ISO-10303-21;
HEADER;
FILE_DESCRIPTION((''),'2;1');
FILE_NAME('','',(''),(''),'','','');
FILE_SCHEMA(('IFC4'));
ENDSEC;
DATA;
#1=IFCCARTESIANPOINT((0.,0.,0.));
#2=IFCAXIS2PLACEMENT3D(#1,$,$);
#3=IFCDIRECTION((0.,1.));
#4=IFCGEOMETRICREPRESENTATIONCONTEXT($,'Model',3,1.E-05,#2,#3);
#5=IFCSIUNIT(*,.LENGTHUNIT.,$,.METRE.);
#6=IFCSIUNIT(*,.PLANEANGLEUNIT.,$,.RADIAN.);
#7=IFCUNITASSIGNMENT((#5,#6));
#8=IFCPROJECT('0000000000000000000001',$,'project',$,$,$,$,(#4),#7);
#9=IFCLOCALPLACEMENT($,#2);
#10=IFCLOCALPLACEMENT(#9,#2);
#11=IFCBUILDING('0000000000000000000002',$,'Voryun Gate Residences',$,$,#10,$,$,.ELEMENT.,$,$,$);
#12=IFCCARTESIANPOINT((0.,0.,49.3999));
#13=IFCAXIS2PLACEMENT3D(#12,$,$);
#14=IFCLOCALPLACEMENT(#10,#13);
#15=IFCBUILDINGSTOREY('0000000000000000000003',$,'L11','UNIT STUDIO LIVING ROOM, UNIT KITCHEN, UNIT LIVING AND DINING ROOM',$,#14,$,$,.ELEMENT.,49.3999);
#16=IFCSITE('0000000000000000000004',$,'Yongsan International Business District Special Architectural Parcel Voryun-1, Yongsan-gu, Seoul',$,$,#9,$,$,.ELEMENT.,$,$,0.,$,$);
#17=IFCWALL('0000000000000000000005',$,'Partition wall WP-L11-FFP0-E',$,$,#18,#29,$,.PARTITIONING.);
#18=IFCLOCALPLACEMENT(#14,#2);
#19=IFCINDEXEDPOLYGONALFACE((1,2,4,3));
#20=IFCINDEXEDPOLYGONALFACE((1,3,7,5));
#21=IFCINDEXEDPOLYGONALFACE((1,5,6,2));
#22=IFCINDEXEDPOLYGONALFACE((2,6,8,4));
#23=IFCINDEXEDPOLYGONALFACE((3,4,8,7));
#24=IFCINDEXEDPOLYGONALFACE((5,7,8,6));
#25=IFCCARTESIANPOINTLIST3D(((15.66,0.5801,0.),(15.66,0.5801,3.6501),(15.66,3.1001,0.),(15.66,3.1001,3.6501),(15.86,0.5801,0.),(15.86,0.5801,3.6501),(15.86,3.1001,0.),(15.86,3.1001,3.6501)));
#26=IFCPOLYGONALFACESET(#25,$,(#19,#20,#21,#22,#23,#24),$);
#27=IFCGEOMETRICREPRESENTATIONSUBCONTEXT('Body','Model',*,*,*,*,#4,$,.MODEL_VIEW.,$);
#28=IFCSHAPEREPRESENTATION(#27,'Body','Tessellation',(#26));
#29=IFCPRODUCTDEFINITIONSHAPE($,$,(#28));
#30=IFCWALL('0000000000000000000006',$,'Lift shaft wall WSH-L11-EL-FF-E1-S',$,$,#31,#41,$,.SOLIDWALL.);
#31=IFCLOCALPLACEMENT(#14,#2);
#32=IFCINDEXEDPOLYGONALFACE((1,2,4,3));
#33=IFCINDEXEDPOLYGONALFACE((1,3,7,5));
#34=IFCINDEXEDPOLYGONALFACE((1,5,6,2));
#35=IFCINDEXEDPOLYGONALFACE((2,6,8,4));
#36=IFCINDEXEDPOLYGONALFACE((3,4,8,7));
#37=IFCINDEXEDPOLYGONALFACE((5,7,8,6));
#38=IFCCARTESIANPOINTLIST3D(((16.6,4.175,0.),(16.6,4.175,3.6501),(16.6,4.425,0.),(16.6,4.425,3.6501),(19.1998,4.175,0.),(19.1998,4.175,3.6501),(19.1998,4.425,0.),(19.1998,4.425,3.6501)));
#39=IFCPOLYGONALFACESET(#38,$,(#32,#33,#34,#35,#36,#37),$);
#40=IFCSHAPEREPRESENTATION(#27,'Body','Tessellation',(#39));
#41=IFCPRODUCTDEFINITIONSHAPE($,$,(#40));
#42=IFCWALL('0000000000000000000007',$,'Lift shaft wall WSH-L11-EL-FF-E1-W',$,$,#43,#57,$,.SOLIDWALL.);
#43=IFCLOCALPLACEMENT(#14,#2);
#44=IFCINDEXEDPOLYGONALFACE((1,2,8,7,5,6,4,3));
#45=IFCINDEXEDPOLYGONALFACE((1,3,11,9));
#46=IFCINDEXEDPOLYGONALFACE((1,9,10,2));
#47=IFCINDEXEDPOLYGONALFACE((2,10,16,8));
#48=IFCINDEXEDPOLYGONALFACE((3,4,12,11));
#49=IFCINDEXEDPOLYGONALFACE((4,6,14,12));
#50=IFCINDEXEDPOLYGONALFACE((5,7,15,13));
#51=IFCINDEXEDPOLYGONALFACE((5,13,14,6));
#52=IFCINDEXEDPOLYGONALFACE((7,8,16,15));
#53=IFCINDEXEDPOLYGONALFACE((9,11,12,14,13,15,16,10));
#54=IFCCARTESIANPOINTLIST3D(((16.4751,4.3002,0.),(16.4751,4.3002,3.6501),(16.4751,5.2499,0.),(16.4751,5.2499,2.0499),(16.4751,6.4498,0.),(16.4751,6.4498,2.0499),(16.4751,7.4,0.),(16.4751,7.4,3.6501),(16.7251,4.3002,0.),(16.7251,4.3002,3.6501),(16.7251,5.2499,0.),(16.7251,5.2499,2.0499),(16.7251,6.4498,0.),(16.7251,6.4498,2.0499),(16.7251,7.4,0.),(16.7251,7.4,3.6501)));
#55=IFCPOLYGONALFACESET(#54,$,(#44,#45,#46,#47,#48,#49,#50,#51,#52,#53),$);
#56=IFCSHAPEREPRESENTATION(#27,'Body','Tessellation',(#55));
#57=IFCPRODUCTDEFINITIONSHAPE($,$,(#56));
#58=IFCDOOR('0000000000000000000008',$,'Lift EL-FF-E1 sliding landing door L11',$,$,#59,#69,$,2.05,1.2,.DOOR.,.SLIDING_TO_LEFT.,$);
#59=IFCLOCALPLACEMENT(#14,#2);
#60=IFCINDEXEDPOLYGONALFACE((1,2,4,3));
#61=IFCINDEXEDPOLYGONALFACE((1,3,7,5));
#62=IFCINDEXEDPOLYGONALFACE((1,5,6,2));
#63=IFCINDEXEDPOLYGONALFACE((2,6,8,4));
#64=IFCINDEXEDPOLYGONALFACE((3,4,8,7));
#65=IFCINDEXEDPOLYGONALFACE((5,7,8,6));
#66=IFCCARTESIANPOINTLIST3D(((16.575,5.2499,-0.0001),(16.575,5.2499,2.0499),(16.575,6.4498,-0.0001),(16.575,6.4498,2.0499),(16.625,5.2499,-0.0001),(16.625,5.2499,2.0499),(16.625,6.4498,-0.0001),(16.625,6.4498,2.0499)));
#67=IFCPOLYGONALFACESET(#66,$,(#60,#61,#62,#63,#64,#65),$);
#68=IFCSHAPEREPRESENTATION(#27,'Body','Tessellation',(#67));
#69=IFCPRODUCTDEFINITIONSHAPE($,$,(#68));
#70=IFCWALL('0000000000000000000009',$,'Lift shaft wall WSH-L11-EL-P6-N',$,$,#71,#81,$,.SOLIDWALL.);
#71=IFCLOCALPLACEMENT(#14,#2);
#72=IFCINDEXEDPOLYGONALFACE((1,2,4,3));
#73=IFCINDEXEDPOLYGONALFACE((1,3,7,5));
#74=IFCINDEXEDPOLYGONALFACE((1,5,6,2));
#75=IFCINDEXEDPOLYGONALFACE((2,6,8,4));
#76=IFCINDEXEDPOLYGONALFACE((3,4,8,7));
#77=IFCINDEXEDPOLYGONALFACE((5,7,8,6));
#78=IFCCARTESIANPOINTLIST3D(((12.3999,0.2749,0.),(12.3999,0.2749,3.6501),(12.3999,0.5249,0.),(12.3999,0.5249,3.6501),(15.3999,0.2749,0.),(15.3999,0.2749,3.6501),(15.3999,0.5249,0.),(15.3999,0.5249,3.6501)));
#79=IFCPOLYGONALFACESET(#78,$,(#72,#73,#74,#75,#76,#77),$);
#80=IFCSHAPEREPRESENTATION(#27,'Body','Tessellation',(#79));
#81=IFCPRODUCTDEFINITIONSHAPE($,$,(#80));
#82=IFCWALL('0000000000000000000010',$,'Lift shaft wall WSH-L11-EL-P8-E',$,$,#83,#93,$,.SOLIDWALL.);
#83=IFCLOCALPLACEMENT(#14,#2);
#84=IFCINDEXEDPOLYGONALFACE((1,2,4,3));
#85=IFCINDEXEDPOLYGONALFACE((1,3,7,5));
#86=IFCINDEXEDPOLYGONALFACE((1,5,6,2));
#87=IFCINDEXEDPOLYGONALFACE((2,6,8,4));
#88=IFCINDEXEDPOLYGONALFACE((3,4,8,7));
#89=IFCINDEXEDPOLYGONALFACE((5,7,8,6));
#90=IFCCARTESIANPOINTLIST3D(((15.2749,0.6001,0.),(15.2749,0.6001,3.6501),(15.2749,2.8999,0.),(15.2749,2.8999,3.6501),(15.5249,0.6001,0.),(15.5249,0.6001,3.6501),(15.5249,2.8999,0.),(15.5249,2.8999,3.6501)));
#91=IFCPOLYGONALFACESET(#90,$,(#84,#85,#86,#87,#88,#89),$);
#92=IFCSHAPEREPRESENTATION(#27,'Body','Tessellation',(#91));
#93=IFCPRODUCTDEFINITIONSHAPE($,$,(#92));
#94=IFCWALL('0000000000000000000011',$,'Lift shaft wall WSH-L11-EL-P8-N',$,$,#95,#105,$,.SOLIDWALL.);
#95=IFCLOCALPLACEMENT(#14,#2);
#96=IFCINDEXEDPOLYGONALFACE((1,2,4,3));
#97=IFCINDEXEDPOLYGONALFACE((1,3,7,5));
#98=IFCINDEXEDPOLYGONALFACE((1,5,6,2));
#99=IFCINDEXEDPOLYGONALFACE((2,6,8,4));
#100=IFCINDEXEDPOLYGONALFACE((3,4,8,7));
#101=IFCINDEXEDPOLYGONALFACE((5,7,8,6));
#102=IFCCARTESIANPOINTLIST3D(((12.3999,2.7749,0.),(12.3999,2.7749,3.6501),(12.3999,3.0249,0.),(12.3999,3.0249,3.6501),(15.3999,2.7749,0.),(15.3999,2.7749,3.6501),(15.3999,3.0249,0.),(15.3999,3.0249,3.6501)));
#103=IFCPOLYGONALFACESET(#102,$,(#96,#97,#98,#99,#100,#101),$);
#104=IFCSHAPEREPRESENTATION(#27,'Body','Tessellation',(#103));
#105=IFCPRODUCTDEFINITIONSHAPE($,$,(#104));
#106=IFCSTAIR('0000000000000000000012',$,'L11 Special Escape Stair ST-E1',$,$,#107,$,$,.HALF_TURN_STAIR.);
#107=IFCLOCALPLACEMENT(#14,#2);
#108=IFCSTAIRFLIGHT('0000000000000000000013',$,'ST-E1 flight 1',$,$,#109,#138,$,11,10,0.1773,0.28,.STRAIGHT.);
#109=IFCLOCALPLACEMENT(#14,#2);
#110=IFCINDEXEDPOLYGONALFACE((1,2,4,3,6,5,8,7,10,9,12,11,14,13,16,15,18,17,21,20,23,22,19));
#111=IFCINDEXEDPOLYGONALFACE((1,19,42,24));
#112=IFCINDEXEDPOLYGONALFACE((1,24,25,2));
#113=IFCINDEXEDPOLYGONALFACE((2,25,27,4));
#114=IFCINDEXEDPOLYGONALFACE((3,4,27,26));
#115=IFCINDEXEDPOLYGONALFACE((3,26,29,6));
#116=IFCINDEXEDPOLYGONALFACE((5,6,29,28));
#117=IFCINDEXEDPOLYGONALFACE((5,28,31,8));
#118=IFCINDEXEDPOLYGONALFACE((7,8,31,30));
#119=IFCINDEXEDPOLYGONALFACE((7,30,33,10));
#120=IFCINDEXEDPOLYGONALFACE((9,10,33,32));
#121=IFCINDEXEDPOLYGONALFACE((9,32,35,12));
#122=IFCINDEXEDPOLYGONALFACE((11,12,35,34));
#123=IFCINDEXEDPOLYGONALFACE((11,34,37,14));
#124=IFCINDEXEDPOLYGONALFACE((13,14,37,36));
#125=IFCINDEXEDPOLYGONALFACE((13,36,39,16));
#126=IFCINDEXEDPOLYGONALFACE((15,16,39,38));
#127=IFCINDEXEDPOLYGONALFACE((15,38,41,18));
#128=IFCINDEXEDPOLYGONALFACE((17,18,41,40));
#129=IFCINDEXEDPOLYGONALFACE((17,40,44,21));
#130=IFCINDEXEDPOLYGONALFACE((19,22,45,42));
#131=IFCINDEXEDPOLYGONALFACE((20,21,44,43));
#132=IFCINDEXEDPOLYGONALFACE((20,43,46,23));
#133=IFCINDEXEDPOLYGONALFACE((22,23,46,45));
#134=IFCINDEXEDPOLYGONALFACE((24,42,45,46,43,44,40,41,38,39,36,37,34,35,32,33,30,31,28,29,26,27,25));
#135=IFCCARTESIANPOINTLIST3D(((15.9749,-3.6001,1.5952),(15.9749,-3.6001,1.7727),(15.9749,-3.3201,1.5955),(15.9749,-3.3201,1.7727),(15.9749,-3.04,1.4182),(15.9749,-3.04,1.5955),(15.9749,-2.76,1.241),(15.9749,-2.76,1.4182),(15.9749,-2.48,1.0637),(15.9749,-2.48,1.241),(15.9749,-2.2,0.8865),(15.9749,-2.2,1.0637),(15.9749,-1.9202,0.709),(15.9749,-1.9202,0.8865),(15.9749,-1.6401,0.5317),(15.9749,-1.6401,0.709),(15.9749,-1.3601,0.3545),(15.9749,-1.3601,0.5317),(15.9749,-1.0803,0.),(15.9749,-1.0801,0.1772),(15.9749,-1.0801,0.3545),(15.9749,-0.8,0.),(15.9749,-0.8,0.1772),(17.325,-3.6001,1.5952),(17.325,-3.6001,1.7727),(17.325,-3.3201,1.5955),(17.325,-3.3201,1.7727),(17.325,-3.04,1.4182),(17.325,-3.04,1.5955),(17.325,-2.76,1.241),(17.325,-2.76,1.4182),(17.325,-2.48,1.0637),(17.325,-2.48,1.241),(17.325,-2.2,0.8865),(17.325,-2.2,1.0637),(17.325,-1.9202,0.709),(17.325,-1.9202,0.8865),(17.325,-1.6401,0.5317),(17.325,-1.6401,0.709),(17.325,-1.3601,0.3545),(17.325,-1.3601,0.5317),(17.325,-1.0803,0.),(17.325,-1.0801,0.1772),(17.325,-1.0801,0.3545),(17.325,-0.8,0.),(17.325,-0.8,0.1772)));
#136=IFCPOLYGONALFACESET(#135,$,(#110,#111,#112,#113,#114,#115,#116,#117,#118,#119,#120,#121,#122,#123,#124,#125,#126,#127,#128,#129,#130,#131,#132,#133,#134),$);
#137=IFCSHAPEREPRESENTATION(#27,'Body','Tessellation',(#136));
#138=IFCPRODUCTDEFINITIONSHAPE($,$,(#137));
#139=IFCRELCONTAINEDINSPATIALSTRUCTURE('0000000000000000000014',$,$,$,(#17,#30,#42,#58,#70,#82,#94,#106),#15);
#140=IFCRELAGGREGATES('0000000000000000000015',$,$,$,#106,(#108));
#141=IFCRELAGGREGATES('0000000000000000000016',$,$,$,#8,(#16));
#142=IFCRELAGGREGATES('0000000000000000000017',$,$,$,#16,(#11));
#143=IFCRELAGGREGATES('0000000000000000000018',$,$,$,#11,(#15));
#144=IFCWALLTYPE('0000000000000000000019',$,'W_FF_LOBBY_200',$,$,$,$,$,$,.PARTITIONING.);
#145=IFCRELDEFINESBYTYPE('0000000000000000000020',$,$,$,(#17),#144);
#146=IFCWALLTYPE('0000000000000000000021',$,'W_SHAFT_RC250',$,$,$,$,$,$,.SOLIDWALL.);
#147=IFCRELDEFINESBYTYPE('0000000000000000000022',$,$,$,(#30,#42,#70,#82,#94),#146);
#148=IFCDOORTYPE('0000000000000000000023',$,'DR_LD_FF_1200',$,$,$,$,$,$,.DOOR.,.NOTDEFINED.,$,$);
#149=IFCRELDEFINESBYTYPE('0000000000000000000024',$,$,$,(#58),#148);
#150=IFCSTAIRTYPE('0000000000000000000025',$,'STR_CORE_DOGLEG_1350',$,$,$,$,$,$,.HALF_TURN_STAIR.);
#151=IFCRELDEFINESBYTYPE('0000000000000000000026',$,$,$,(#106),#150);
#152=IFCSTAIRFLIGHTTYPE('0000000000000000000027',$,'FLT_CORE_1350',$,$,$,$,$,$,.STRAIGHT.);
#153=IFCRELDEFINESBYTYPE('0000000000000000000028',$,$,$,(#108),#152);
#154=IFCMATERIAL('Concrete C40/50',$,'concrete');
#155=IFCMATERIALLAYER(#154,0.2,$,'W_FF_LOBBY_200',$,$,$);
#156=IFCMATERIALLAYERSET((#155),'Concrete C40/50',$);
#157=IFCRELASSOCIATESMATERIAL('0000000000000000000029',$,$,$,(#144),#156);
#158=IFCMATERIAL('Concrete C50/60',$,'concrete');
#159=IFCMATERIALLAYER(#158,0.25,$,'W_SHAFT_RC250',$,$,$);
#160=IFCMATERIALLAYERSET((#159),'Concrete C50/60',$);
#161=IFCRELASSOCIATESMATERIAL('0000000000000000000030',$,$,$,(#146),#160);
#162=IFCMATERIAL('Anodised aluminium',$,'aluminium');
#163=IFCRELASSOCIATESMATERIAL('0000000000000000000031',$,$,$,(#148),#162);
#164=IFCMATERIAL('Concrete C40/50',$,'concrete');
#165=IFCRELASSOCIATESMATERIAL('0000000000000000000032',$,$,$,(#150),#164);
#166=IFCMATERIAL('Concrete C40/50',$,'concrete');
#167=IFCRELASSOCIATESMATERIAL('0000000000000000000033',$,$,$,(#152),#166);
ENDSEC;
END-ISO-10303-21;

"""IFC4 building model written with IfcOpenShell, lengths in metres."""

from ifc_helpers import new_model, si_unit, direction, frame, frame_2d, origin, place, context, subcontext, project, spatial, polyline, rectangle, outline, extrude, material, layer, layer_set, type_object, element, fill, aggregate, save


model = new_model("IFC4")

# Units and contexts
model_context = context("Model", 3, precision=1e-05, world=origin(), true_north=direction((0.0, 1.0)))
body_context = subcontext(model_context, "Body", "Model", "MODEL_VIEW")
ifc_project = project(units=[si_unit("LENGTHUNIT", "METRE"), si_unit("PLANEANGLEUNIT", "RADIAN")], contexts=[model_context])

# Site, building, storey
site_placement = place(None, origin())
site = spatial("IfcSite", under=ifc_project, at=site_placement, Name="Yongsan International Business District Special Architectural Parcel Voryun-1, Yongsan-gu, Seoul", CompositionType="ELEMENT", RefElevation=0.0)
building_placement = place(site_placement, origin())
building = spatial("IfcBuilding", under=site, at=building_placement, Name="Voryun Gate Residences", CompositionType="ELEMENT")
storey_placement = place(building_placement, frame((0.0, 0.0, 49.3999)))
storey = spatial("IfcBuildingStorey", under=building, at=storey_placement, Name="L11", Description="UNIT STUDIO LIVING ROOM, UNIT KITCHEN, UNIT LIVING AND DINING ROOM", CompositionType="ELEMENT", Elevation=49.3999)

# Walls
ifc_material_1 = material(Name="Concrete C40/50", Category="concrete")
ifc_layer_1 = layer(ifc_material_1, 0.2, Name="W_FF_LOBBY_200")
ifc_layer_set_1 = layer_set([ifc_layer_1], Name="Concrete C40/50")
wall_type_1 = type_object("IfcWallType", Name="W_FF_LOBBY_200", PredefinedType="PARTITIONING", material=ifc_layer_set_1)
wall_1_placement = place(storey_placement, frame((15.76, 0.5801, 0.0), z_axis=(0.0, 0.0, 1.0), x_axis=(0.0, 1.0, 0.0)))
element("IfcWall", 1, at=wall_1_placement, inside=storey, type_object=wall_type_1, Name="Partition wall WP-L11-FFP0-E", PredefinedType="PARTITIONING", context=body_context, shape_type="SweptSolid", body=[
    extrude(rectangle(XDim=2.52, YDim=0.2, at=frame_2d((1.26, 0.0))), origin(), (0.0, 0.0, 1.0), 3.6501),
])
ifc_material_2 = material(Name="Concrete C50/60", Category="concrete")
ifc_layer_2 = layer(ifc_material_2, 0.25, Name="W_SHAFT_RC250")
ifc_layer_set_2 = layer_set([ifc_layer_2], Name="Concrete C50/60")
wall_type_2 = type_object("IfcWallType", Name="W_SHAFT_RC250", PredefinedType="SOLIDWALL", material=ifc_layer_set_2)
wall_2_placement = place(storey_placement, frame((16.6001, 4.3, 0.0), z_axis=(0.0, 0.0, 1.0), x_axis=(1.0, 0.0, 0.0)))
element("IfcWall", 2, at=wall_2_placement, inside=storey, type_object=wall_type_2, Name="Lift shaft wall WSH-L11-EL-FF-E1-S", PredefinedType="SOLIDWALL", context=body_context, shape_type="SweptSolid", body=[
    extrude(rectangle(XDim=2.5999, YDim=0.25, at=frame_2d((1.2998, 0.0))), origin(), (0.0, 0.0, 1.0), 3.6501),
])

# Wall, opening, door
wall_3_placement = place(storey_placement, frame((16.6001, 7.3999, 0.0), z_axis=(0.0, 0.0, 1.0), x_axis=(0.0, -1.0, 0.0)))
wall_3 = element("IfcWall", 3, at=wall_3_placement, inside=storey, type_object=wall_type_2, Name="Lift shaft wall WSH-L11-EL-FF-E1-W", PredefinedType="SOLIDWALL", context=body_context, shape_type="SweptSolid", body=[
    extrude(rectangle(XDim=3.0999, YDim=0.25, at=frame_2d((1.5498, 0.0))), origin(), (0.0, 0.0, 1.0), 3.6501),
])
opening_1_placement = place(wall_3_placement, frame((0.95, 0.0, 0.0)))
opening_1 = element("IfcOpeningElement", 4, at=opening_1_placement, cuts=wall_3, PredefinedType="OPENING", context=body_context, shape_type="SweptSolid", body=[
    extrude(rectangle(XDim=1.2, YDim=2.05, at=frame_2d((0.6001, 1.0249))), frame((0.0, 0.135, 0.0), z_axis=(0.0, -1.0, 0.0), x_axis=(1.0, 0.0, 0.0)), (0.0, 0.0, 1.0), 0.27),
])
ifc_material_3 = material(Name="Anodised aluminium", Category="aluminium")
door_type_1 = type_object("IfcDoorType", Name="DR_LD_FF_1200", OperationType="NOTDEFINED", PredefinedType="DOOR", material=ifc_material_3)
door_1_placement = place(opening_1_placement, origin())
door_1 = element("IfcDoor", 5, at=door_1_placement, inside=storey, type_object=door_type_1, Name="Lift EL-FF-E1 sliding landing door L11", OperationType="SLIDING_TO_LEFT", OverallHeight=2.05, OverallWidth=1.2, PredefinedType="DOOR", context=body_context, shape_type="SweptSolid", body=[
    extrude(rectangle(XDim=1.2, YDim=2.05, at=frame_2d((0.6001, 1.0249))), frame((0.0, 0.0249, 0.0), z_axis=(0.0, -1.0, 0.0), x_axis=(1.0, 0.0, 0.0)), (0.0, 0.0, 1.0), 0.05),
])
fill(opening_1, door_1)

# Walls
wall_4_placement = place(storey_placement, frame((15.3999, 0.3999, 0.0), z_axis=(0.0, 0.0, 1.0), x_axis=(-1.0, 0.0, 0.0)))
element("IfcWall", 6, at=wall_4_placement, inside=storey, type_object=wall_type_2, Name="Lift shaft wall WSH-L11-EL-P6-N", PredefinedType="SOLIDWALL", context=body_context, shape_type="SweptSolid", body=[
    extrude(rectangle(XDim=3.0, YDim=0.25, at=frame_2d((1.5, 0.0))), origin(), (0.0, 0.0, 1.0), 3.6501),
])
wall_5_placement = place(storey_placement, frame((15.3999, 0.6001, 0.0), z_axis=(0.0, 0.0, 1.0), x_axis=(0.0, 1.0, 0.0)))
element("IfcWall", 7, at=wall_5_placement, inside=storey, type_object=wall_type_2, Name="Lift shaft wall WSH-L11-EL-P8-E", PredefinedType="SOLIDWALL", context=body_context, shape_type="SweptSolid", body=[
    extrude(rectangle(XDim=2.2998, YDim=0.25, at=frame_2d((1.1499, 0.0))), origin(), (0.0, 0.0, 1.0), 3.6501),
])
wall_6_placement = place(storey_placement, frame((15.3999, 2.8999, 0.0), z_axis=(0.0, 0.0, 1.0), x_axis=(-1.0, 0.0, 0.0)))
element("IfcWall", 8, at=wall_6_placement, inside=storey, type_object=wall_type_2, Name="Lift shaft wall WSH-L11-EL-P8-N", PredefinedType="SOLIDWALL", context=body_context, shape_type="SweptSolid", body=[
    extrude(rectangle(XDim=3.0, YDim=0.25, at=frame_2d((1.5, 0.0))), origin(), (0.0, 0.0, 1.0), 3.6501),
])

# Stair, stair flight
ifc_material_4 = material(Name="Concrete C40/50", Category="concrete")
stair_type = type_object("IfcStairType", Name="STR_CORE_DOGLEG_1350", PredefinedType="HALF_TURN_STAIR", material=ifc_material_4)
stair_placement = place(storey_placement, origin())
stair = element("IfcStair", 9, at=stair_placement, inside=storey, type_object=stair_type, Name="L11 Special Escape Stair ST-E1", PredefinedType="HALF_TURN_STAIR")
ifc_material_5 = material(Name="Concrete C40/50", Category="concrete")
stair_flight_type = type_object("IfcStairFlightType", Name="FLT_CORE_1350", PredefinedType="STRAIGHT", material=ifc_material_5)
stair_flight_placement = place(storey_placement, frame((16.6499, -0.8, 0.0), z_axis=(0.0, 0.0, 1.0), x_axis=(0.0, -1.0, 0.0)))
stair_flight = element("IfcStairFlight", 10, at=stair_flight_placement, type_object=stair_flight_type, Name="ST-E1 flight 1", NumberOfRisers=11, NumberOfTreads=10, PredefinedType="STRAIGHT", RiserHeight=0.1773, TreadLength=0.28, context=body_context, shape_type="SweptSolid", body=[
    extrude(outline(polyline([(0.0, 0.0), (0.0, 0.1772), (0.28, 0.1772), (0.28, 0.3545), (0.5601, 0.3545), (0.5601, 0.5317), (0.8401, 0.5317), (0.8401, 0.709), (1.1201, 0.709), (1.1201, 0.8865), (1.3999, 0.8865), (1.3999, 1.0637), (1.6799, 1.0637), (1.6799, 1.241), (1.96, 1.241), (1.96, 1.4182), (2.24, 1.4182), (2.24, 1.5955), (2.52, 1.5955), (2.52, 1.7727), (2.8, 1.7727), (2.8, 1.95), (2.8, 1.5952), (0.2803, 0.0), (0.0, 0.0)])), frame((0.0, 0.675, 0.0), z_axis=(0.0, -1.0, 0.0), x_axis=(1.0, 0.0, 0.0)), (0.0, 0.0, 1.0), 1.3501),
])
aggregate(stair, [stair_flight])

save(model, "model.ifc")
